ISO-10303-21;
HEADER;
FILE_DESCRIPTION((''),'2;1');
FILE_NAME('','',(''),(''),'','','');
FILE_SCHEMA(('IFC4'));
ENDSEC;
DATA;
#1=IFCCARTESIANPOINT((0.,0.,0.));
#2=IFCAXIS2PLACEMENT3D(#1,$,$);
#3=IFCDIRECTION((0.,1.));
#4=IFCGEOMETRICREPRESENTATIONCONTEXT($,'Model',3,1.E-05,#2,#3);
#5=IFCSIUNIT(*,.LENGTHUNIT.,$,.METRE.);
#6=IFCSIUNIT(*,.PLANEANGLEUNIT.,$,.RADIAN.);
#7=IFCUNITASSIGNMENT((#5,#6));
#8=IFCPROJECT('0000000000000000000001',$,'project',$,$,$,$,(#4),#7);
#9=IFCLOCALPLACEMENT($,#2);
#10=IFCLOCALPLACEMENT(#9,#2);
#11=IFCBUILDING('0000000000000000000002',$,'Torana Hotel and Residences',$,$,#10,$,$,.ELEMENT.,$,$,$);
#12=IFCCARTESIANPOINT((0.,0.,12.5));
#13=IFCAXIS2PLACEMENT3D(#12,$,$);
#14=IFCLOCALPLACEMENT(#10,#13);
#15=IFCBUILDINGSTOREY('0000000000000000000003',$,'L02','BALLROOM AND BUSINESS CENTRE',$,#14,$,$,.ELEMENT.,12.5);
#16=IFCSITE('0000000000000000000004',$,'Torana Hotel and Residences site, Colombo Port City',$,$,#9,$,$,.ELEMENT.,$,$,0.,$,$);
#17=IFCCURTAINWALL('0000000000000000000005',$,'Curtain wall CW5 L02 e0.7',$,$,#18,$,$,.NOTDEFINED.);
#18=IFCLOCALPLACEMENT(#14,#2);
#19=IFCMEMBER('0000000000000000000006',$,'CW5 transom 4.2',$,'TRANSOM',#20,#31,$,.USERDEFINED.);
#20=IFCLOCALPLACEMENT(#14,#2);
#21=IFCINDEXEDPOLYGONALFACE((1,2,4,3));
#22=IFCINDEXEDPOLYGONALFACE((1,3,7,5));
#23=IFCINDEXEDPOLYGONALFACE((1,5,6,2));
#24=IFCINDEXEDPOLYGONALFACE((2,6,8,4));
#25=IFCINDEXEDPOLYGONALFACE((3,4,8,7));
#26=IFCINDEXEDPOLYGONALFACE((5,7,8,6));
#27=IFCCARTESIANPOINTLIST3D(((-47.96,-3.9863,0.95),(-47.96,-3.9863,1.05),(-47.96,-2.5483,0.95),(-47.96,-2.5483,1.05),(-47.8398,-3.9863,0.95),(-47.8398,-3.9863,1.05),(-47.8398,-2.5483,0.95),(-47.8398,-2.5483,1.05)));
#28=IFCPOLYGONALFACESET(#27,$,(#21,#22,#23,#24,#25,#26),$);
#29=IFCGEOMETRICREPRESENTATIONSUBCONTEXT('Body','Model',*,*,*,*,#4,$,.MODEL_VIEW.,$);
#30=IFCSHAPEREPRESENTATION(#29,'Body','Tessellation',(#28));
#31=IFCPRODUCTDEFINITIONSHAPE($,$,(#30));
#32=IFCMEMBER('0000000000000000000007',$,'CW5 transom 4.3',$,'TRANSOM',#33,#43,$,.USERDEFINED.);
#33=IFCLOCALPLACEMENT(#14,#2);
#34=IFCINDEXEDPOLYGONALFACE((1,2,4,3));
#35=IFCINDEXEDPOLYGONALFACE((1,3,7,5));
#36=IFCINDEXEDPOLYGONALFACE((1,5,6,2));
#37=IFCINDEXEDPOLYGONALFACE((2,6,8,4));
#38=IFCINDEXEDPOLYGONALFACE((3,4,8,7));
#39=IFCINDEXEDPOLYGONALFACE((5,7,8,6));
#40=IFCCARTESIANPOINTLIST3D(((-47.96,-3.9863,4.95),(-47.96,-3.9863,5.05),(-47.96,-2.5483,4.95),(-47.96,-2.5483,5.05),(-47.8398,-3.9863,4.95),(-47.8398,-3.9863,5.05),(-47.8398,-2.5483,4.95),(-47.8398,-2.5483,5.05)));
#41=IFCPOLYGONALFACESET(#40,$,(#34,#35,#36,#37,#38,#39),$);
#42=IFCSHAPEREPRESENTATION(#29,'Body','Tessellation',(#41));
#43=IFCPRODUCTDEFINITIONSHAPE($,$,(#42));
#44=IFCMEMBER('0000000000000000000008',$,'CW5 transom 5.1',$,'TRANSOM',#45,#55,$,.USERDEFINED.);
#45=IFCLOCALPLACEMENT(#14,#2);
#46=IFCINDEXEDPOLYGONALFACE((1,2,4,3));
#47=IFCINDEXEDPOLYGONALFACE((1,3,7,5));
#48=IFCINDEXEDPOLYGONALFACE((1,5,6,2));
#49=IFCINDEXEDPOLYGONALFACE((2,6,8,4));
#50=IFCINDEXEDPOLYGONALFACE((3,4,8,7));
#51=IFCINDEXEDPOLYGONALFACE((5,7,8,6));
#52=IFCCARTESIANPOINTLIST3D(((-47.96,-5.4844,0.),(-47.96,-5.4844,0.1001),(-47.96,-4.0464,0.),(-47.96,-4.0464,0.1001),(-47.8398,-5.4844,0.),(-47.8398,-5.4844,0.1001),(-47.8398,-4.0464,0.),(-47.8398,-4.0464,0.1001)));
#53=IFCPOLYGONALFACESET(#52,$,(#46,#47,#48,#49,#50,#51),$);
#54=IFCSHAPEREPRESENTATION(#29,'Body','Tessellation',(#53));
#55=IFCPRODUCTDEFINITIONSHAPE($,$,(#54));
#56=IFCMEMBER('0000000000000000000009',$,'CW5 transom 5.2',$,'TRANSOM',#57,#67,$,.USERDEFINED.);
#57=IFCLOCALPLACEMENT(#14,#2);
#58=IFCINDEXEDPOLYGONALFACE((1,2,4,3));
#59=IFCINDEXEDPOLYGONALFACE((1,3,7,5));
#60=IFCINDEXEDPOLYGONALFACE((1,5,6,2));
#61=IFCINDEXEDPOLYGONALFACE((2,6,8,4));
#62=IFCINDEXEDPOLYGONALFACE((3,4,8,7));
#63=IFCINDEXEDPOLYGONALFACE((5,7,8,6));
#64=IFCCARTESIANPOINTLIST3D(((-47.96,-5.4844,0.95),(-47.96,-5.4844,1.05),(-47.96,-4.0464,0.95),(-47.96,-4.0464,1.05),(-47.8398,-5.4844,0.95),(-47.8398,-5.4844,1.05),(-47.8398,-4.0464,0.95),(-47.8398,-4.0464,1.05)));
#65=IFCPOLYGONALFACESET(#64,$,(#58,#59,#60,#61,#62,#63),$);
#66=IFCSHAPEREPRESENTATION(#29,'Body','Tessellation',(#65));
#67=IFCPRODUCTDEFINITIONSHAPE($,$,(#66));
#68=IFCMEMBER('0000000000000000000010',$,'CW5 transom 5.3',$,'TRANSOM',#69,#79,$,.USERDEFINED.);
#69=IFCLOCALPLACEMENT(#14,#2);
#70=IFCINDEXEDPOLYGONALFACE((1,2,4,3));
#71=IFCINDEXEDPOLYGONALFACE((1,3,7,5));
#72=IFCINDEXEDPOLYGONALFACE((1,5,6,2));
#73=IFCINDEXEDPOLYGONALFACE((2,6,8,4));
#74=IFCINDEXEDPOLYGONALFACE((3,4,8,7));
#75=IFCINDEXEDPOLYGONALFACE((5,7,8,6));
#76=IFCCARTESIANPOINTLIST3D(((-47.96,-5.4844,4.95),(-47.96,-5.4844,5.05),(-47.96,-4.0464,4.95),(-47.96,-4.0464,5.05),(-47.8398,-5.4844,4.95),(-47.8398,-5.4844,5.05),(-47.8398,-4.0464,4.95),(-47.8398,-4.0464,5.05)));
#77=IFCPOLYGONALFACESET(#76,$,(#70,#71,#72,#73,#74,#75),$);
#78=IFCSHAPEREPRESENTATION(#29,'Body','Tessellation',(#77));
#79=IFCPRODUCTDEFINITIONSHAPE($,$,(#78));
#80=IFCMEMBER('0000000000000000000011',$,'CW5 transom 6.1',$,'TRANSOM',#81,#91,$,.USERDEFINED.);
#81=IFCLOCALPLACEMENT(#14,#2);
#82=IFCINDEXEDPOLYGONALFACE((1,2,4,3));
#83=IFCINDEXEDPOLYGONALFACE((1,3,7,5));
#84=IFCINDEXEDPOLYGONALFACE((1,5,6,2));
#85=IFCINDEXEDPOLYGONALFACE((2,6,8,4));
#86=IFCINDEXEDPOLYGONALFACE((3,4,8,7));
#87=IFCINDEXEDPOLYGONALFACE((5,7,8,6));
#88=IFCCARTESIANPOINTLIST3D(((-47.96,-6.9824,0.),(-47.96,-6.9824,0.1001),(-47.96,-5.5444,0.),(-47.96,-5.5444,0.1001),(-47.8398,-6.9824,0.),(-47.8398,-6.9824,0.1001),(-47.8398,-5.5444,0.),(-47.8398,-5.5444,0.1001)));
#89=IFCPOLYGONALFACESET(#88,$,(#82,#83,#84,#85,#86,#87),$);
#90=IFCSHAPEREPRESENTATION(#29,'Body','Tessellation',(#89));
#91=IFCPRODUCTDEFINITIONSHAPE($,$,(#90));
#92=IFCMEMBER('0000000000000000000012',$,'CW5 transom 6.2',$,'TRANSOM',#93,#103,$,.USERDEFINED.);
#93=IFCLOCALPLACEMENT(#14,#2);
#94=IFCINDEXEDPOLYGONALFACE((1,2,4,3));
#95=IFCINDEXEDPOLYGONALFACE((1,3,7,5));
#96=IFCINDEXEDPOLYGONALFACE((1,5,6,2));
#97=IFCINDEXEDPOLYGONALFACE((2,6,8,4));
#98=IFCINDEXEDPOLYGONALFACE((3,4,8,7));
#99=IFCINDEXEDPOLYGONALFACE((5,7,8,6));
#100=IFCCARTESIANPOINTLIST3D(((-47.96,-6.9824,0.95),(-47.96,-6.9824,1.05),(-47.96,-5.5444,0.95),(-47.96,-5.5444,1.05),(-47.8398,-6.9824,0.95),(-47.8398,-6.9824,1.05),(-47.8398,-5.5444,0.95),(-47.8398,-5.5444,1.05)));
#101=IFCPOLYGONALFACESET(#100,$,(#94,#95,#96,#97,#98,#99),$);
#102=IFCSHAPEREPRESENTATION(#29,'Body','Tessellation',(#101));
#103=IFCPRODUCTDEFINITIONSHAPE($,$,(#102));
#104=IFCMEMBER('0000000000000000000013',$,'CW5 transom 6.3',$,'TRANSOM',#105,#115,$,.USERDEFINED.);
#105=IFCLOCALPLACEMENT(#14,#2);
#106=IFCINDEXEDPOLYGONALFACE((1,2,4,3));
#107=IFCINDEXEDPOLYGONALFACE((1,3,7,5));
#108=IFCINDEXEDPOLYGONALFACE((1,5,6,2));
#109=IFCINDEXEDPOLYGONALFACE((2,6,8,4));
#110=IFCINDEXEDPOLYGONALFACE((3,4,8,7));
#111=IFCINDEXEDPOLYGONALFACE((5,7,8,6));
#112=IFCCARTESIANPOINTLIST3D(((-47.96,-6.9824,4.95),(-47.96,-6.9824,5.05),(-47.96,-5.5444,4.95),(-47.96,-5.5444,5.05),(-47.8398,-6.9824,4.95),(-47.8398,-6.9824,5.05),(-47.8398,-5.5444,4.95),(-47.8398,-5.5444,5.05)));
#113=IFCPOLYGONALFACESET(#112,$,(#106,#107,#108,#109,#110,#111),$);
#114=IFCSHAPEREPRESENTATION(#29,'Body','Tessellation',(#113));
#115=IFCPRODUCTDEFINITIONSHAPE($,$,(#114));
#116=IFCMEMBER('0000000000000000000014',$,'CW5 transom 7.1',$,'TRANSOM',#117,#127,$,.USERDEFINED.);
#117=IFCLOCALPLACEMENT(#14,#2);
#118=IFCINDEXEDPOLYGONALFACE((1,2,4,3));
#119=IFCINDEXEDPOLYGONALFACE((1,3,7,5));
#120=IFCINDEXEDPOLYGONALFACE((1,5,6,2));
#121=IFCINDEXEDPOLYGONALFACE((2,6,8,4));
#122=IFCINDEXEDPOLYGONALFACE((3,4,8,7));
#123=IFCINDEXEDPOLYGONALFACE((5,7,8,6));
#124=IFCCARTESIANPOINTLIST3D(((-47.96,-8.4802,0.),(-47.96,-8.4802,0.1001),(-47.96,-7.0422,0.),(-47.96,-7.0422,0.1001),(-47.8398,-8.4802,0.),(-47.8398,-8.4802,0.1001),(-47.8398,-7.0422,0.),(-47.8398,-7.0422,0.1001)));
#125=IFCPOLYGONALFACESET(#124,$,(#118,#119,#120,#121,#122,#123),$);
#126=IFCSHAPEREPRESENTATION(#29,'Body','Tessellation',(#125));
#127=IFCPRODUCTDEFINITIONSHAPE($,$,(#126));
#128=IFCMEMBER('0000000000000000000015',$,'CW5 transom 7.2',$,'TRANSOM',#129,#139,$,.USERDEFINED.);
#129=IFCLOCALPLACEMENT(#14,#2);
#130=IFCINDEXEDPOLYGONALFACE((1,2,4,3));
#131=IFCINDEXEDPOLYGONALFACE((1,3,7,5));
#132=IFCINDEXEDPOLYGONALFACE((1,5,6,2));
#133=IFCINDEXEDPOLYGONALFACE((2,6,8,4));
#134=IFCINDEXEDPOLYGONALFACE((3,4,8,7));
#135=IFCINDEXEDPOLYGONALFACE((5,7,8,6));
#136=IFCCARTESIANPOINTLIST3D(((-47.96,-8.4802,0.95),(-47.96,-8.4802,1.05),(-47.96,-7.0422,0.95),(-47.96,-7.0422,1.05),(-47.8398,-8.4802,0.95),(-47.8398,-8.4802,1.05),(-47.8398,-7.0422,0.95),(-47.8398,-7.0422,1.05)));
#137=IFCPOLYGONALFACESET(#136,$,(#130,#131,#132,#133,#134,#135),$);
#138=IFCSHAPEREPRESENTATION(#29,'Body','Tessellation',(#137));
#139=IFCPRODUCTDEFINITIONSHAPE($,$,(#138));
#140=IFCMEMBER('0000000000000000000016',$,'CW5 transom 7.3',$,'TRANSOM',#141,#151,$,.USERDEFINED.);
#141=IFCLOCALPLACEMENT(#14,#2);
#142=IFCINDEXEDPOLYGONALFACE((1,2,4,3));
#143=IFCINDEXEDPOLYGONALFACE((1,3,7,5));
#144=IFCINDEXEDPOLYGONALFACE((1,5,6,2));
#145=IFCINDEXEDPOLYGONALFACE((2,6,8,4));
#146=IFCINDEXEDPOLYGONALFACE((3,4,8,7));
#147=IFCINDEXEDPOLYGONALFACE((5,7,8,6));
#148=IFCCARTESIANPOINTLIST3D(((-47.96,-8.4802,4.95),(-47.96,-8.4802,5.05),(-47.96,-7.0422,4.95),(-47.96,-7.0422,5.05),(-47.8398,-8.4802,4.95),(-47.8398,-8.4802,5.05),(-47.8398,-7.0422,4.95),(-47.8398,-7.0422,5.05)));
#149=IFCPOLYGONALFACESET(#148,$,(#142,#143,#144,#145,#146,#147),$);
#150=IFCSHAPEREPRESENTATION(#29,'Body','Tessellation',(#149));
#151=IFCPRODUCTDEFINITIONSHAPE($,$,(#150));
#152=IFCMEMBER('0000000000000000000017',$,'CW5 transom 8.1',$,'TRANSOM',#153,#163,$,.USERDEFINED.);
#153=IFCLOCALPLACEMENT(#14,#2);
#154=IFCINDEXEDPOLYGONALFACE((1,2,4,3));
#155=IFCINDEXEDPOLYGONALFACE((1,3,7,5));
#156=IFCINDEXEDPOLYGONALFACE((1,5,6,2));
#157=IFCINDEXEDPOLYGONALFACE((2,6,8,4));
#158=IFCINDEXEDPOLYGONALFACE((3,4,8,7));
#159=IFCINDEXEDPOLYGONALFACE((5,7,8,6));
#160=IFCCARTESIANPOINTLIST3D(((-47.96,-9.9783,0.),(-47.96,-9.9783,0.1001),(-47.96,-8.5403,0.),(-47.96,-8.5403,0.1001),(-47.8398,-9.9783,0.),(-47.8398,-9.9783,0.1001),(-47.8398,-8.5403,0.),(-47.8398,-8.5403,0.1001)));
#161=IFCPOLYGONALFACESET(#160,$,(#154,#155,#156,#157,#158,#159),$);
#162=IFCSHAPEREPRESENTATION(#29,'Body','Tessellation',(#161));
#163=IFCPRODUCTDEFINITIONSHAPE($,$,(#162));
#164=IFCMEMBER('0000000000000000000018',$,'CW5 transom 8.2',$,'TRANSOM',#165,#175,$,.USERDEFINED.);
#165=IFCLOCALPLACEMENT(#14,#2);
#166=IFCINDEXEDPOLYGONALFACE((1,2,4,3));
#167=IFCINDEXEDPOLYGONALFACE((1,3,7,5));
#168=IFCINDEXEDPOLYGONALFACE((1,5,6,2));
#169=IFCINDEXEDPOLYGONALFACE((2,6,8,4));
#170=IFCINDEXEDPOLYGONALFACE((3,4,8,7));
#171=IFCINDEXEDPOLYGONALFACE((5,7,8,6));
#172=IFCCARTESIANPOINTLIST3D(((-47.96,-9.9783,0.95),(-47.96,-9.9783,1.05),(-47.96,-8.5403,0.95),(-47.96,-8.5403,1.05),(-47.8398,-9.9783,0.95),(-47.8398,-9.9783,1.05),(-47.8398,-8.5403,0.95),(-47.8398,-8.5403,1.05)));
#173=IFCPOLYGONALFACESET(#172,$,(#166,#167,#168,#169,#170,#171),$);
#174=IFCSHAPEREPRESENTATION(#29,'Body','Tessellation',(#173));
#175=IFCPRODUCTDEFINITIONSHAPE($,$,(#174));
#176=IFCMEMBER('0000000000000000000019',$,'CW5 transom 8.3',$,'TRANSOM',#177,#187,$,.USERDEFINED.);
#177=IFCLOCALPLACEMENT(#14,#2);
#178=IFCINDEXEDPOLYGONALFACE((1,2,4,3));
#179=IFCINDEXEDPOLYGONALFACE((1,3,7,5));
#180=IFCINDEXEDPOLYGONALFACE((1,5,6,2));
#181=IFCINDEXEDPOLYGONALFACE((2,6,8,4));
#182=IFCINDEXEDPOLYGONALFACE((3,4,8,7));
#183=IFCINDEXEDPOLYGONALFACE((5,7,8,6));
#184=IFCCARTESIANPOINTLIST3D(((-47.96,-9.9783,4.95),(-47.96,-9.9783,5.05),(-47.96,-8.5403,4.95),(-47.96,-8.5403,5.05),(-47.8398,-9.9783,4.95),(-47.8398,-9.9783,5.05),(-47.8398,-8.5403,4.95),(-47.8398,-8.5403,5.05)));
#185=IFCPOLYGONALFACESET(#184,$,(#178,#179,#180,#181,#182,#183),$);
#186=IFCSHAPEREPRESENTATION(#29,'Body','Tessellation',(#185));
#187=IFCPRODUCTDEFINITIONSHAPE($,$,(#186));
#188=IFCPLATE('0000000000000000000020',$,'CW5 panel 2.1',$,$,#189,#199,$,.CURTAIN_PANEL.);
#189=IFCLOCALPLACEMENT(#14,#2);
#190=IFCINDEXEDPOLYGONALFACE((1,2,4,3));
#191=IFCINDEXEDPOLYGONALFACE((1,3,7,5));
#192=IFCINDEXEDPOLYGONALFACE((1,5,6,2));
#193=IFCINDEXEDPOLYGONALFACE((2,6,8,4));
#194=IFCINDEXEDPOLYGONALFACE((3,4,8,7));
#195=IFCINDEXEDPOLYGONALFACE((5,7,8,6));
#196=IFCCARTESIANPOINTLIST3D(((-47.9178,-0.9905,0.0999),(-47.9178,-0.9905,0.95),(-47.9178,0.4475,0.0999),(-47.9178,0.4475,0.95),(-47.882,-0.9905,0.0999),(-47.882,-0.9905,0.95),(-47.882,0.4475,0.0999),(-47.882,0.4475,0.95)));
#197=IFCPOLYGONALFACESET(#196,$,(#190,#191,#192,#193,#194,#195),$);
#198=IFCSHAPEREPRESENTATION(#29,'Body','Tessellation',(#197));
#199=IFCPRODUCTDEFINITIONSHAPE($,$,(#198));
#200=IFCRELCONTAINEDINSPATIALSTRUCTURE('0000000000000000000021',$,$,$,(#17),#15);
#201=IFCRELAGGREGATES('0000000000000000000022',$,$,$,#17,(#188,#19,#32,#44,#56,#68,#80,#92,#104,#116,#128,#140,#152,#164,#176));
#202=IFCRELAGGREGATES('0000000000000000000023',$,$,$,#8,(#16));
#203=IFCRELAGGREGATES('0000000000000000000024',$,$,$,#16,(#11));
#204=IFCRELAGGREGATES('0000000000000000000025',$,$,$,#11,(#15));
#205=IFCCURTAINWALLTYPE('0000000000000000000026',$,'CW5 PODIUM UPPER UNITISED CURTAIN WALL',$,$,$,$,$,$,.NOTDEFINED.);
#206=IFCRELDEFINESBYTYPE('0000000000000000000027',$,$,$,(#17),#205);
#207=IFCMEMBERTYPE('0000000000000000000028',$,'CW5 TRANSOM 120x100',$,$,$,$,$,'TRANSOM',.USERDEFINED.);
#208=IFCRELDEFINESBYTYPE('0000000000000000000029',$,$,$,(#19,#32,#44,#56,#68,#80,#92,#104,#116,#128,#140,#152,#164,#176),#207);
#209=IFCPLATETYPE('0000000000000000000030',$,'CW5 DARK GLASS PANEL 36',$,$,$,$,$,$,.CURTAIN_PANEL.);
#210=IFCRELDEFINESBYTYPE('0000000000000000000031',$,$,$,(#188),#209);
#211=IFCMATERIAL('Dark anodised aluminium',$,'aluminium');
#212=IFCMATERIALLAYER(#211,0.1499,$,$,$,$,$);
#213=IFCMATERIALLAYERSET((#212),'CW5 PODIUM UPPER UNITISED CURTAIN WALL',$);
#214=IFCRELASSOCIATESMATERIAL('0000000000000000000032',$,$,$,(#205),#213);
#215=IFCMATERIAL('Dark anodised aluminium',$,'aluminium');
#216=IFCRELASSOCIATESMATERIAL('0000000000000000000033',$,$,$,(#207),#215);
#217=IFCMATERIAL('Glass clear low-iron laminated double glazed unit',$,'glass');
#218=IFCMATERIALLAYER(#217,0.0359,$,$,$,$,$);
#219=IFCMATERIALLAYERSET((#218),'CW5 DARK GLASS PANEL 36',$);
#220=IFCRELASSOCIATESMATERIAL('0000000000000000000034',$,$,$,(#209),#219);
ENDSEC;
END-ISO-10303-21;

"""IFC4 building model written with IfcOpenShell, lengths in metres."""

from ifc_helpers import new_model, si_unit, direction, frame, origin, origin_2d, place, context, subcontext, project, spatial, rectangle, extrude, material, layer, layer_set, material_profile, profile_set, type_object, element, aggregate, save


model = new_model("IFC4")

# Units and contexts
model_context = context("Model", 3, precision=1e-05, world=origin(), true_north=direction((0.0, 1.0)))
body_context = subcontext(model_context, "Body", "Model", "MODEL_VIEW")
ifc_project = project(units=[si_unit("LENGTHUNIT", "METRE"), si_unit("PLANEANGLEUNIT", "RADIAN")], contexts=[model_context])

# Site, building, storey
site_placement = place(None, origin())
site = spatial("IfcSite", under=ifc_project, at=site_placement, Name="Torana Hotel and Residences site, Colombo Port City", CompositionType="ELEMENT", RefElevation=0.0)
building_placement = place(site_placement, origin())
building = spatial("IfcBuilding", under=site, at=building_placement, Name="Torana Hotel and Residences", CompositionType="ELEMENT")
storey_placement = place(building_placement, frame((0.0, 0.0, 12.5)))
storey = spatial("IfcBuildingStorey", under=building, at=storey_placement, Name="L02", Description="BALLROOM AND BUSINESS CENTRE", CompositionType="ELEMENT", Elevation=12.5)

# Curtain wall, members, plate
ifc_material_1 = material(Name="Dark anodised aluminium", Category="aluminium")
ifc_layer_1 = layer(ifc_material_1, 0.1499)
ifc_layer_set_1 = layer_set([ifc_layer_1], Name="CW5 PODIUM UPPER UNITISED CURTAIN WALL")
curtain_wall_type = type_object("IfcCurtainWallType", Name="CW5 PODIUM UPPER UNITISED CURTAIN WALL", PredefinedType="NOTDEFINED", material=ifc_layer_set_1)
curtain_wall_placement = place(storey_placement, origin())
curtain_wall = element("IfcCurtainWall", 1, at=curtain_wall_placement, inside=storey, type_object=curtain_wall_type, Name="Curtain wall CW5 L02 e0.7", PredefinedType="NOTDEFINED")
ifc_material_2 = material(Name="Dark anodised aluminium", Category="aluminium")
ifc_material_profile_1 = material_profile(ifc_material_2, rectangle(XDim=0.1201, YDim=0.1001, at=origin_2d()), Name="CW5 TRANSOM 120x100")
ifc_profile_set_1 = profile_set([ifc_material_profile_1], Name="Dark anodised aluminium")
member_type_1 = type_object("IfcMemberType", Name="CW5 TRANSOM 120x100", ElementType="TRANSOM", PredefinedType="USERDEFINED", material=ifc_profile_set_1)
member_1_placement = place(storey_placement, frame((-47.8999, -2.5483, 1.0), z_axis=(0.0, -1.0, 0.0), x_axis=(1.0, 0.0, 0.0)))
member_1 = element("IfcMember", 2, at=member_1_placement, type_object=member_type_1, Name="CW5 transom 4.2", ObjectType="TRANSOM", PredefinedType="USERDEFINED", context=body_context, shape_type="SweptSolid", body=[
    extrude(rectangle(XDim=0.1201, YDim=0.1001, at=origin_2d()), origin(), (0.0, 0.0, 1.0), 1.438),
])
member_2_placement = place(storey_placement, frame((-47.8999, -2.5483, 5.0), z_axis=(0.0, -1.0, 0.0), x_axis=(1.0, 0.0, 0.0)))
member_2 = element("IfcMember", 3, at=member_2_placement, type_object=member_type_1, Name="CW5 transom 4.3", ObjectType="TRANSOM", PredefinedType="USERDEFINED", context=body_context, shape_type="SweptSolid", body=[
    extrude(rectangle(XDim=0.1201, YDim=0.1001, at=origin_2d()), origin(), (0.0, 0.0, 1.0), 1.438),
])
member_3_placement = place(storey_placement, frame((-47.8999, -4.0464, 0.05), z_axis=(0.0, -1.0, 0.0), x_axis=(1.0, 0.0, 0.0)))
member_3 = element("IfcMember", 4, at=member_3_placement, type_object=member_type_1, Name="CW5 transom 5.1", ObjectType="TRANSOM", PredefinedType="USERDEFINED", context=body_context, shape_type="SweptSolid", body=[
    extrude(rectangle(XDim=0.1201, YDim=0.1001, at=origin_2d()), origin(), (0.0, 0.0, 1.0), 1.438),
])
member_4_placement = place(storey_placement, frame((-47.8999, -4.0464, 1.0), z_axis=(0.0, -1.0, 0.0), x_axis=(1.0, 0.0, 0.0)))
member_4 = element("IfcMember", 5, at=member_4_placement, type_object=member_type_1, Name="CW5 transom 5.2", ObjectType="TRANSOM", PredefinedType="USERDEFINED", context=body_context, shape_type="SweptSolid", body=[
    extrude(rectangle(XDim=0.1201, YDim=0.1001, at=origin_2d()), origin(), (0.0, 0.0, 1.0), 1.438),
])
member_5_placement = place(storey_placement, frame((-47.8999, -4.0464, 5.0), z_axis=(0.0, -1.0, 0.0), x_axis=(1.0, 0.0, 0.0)))
member_5 = element("IfcMember", 6, at=member_5_placement, type_object=member_type_1, Name="CW5 transom 5.3", ObjectType="TRANSOM", PredefinedType="USERDEFINED", context=body_context, shape_type="SweptSolid", body=[
    extrude(rectangle(XDim=0.1201, YDim=0.1001, at=origin_2d()), origin(), (0.0, 0.0, 1.0), 1.438),
])
member_6_placement = place(storey_placement, frame((-47.8999, -5.5444, 0.05), z_axis=(0.0, -1.0, 0.0), x_axis=(1.0, 0.0, 0.0)))
member_6 = element("IfcMember", 7, at=member_6_placement, type_object=member_type_1, Name="CW5 transom 6.1", ObjectType="TRANSOM", PredefinedType="USERDEFINED", context=body_context, shape_type="SweptSolid", body=[
    extrude(rectangle(XDim=0.1201, YDim=0.1001, at=origin_2d()), origin(), (0.0, 0.0, 1.0), 1.438),
])
member_7_placement = place(storey_placement, frame((-47.8999, -5.5444, 1.0), z_axis=(0.0, -1.0, 0.0), x_axis=(1.0, 0.0, 0.0)))
member_7 = element("IfcMember", 8, at=member_7_placement, type_object=member_type_1, Name="CW5 transom 6.2", ObjectType="TRANSOM", PredefinedType="USERDEFINED", context=body_context, shape_type="SweptSolid", body=[
    extrude(rectangle(XDim=0.1201, YDim=0.1001, at=origin_2d()), origin(), (0.0, 0.0, 1.0), 1.438),
])
member_8_placement = place(storey_placement, frame((-47.8999, -5.5444, 5.0), z_axis=(0.0, -1.0, 0.0), x_axis=(1.0, 0.0, 0.0)))
member_8 = element("IfcMember", 9, at=member_8_placement, type_object=member_type_1, Name="CW5 transom 6.3", ObjectType="TRANSOM", PredefinedType="USERDEFINED", context=body_context, shape_type="SweptSolid", body=[
    extrude(rectangle(XDim=0.1201, YDim=0.1001, at=origin_2d()), origin(), (0.0, 0.0, 1.0), 1.438),
])
member_9_placement = place(storey_placement, frame((-47.8999, -7.0422, 0.05), z_axis=(0.0, -1.0, 0.0), x_axis=(1.0, 0.0, 0.0)))
member_9 = element("IfcMember", 10, at=member_9_placement, type_object=member_type_1, Name="CW5 transom 7.1", ObjectType="TRANSOM", PredefinedType="USERDEFINED", context=body_context, shape_type="SweptSolid", body=[
    extrude(rectangle(XDim=0.1201, YDim=0.1001, at=origin_2d()), origin(), (0.0, 0.0, 1.0), 1.438),
])
member_10_placement = place(storey_placement, frame((-47.8999, -7.0422, 1.0), z_axis=(0.0, -1.0, 0.0), x_axis=(1.0, 0.0, 0.0)))
member_10 = element("IfcMember", 11, at=member_10_placement, type_object=member_type_1, Name="CW5 transom 7.2", ObjectType="TRANSOM", PredefinedType="USERDEFINED", context=body_context, shape_type="SweptSolid", body=[
    extrude(rectangle(XDim=0.1201, YDim=0.1001, at=origin_2d()), origin(), (0.0, 0.0, 1.0), 1.438),
])
member_11_placement = place(storey_placement, frame((-47.8999, -7.0422, 5.0), z_axis=(0.0, -1.0, 0.0), x_axis=(1.0, 0.0, 0.0)))
member_11 = element("IfcMember", 12, at=member_11_placement, type_object=member_type_1, Name="CW5 transom 7.3", ObjectType="TRANSOM", PredefinedType="USERDEFINED", context=body_context, shape_type="SweptSolid", body=[
    extrude(rectangle(XDim=0.1201, YDim=0.1001, at=origin_2d()), origin(), (0.0, 0.0, 1.0), 1.438),
])
member_12_placement = place(storey_placement, frame((-47.8999, -8.5403, 0.05), z_axis=(0.0, -1.0, 0.0), x_axis=(1.0, 0.0, 0.0)))
member_12 = element("IfcMember", 13, at=member_12_placement, type_object=member_type_1, Name="CW5 transom 8.1", ObjectType="TRANSOM", PredefinedType="USERDEFINED", context=body_context, shape_type="SweptSolid", body=[
    extrude(rectangle(XDim=0.1201, YDim=0.1001, at=origin_2d()), origin(), (0.0, 0.0, 1.0), 1.438),
])
member_13_placement = place(storey_placement, frame((-47.8999, -8.5403, 1.0), z_axis=(0.0, -1.0, 0.0), x_axis=(1.0, 0.0, 0.0)))
member_13 = element("IfcMember", 14, at=member_13_placement, type_object=member_type_1, Name="CW5 transom 8.2", ObjectType="TRANSOM", PredefinedType="USERDEFINED", context=body_context, shape_type="SweptSolid", body=[
    extrude(rectangle(XDim=0.1201, YDim=0.1001, at=origin_2d()), origin(), (0.0, 0.0, 1.0), 1.438),
])
member_14_placement = place(storey_placement, frame((-47.8999, -8.5403, 5.0), z_axis=(0.0, -1.0, 0.0), x_axis=(1.0, 0.0, 0.0)))
member_14 = element("IfcMember", 15, at=member_14_placement, type_object=member_type_1, Name="CW5 transom 8.3", ObjectType="TRANSOM", PredefinedType="USERDEFINED", context=body_context, shape_type="SweptSolid", body=[
    extrude(rectangle(XDim=0.1201, YDim=0.1001, at=origin_2d()), origin(), (0.0, 0.0, 1.0), 1.438),
])
ifc_material_3 = material(Name="Glass clear low-iron laminated double glazed unit", Category="glass")
ifc_layer_2 = layer(ifc_material_3, 0.0359)
ifc_layer_set_2 = layer_set([ifc_layer_2], Name="CW5 DARK GLASS PANEL 36")
plate_type = type_object("IfcPlateType", Name="CW5 DARK GLASS PANEL 36", PredefinedType="CURTAIN_PANEL", material=ifc_layer_set_2)
plate_1_placement = place(storey_placement, frame((-47.8999, -0.2715, 0.0999), z_axis=(0.0, 0.0, 1.0), x_axis=(0.0, -1.0, 0.0)))
plate_1 = element("IfcPlate", 16, at=plate_1_placement, type_object=plate_type, Name="CW5 panel 2.1", PredefinedType="CURTAIN_PANEL", context=body_context, shape_type="SweptSolid", body=[
    extrude(rectangle(XDim=1.438, YDim=0.0359, at=origin_2d()), origin(), (0.0, 0.0, 1.0), 0.8501),
])
aggregate(curtain_wall, [plate_1, member_1, member_2, member_3, member_4, member_5, member_6, member_7, member_8, member_9, member_10, member_11, member_12, member_13, member_14])

save(model, "model.ifc")
